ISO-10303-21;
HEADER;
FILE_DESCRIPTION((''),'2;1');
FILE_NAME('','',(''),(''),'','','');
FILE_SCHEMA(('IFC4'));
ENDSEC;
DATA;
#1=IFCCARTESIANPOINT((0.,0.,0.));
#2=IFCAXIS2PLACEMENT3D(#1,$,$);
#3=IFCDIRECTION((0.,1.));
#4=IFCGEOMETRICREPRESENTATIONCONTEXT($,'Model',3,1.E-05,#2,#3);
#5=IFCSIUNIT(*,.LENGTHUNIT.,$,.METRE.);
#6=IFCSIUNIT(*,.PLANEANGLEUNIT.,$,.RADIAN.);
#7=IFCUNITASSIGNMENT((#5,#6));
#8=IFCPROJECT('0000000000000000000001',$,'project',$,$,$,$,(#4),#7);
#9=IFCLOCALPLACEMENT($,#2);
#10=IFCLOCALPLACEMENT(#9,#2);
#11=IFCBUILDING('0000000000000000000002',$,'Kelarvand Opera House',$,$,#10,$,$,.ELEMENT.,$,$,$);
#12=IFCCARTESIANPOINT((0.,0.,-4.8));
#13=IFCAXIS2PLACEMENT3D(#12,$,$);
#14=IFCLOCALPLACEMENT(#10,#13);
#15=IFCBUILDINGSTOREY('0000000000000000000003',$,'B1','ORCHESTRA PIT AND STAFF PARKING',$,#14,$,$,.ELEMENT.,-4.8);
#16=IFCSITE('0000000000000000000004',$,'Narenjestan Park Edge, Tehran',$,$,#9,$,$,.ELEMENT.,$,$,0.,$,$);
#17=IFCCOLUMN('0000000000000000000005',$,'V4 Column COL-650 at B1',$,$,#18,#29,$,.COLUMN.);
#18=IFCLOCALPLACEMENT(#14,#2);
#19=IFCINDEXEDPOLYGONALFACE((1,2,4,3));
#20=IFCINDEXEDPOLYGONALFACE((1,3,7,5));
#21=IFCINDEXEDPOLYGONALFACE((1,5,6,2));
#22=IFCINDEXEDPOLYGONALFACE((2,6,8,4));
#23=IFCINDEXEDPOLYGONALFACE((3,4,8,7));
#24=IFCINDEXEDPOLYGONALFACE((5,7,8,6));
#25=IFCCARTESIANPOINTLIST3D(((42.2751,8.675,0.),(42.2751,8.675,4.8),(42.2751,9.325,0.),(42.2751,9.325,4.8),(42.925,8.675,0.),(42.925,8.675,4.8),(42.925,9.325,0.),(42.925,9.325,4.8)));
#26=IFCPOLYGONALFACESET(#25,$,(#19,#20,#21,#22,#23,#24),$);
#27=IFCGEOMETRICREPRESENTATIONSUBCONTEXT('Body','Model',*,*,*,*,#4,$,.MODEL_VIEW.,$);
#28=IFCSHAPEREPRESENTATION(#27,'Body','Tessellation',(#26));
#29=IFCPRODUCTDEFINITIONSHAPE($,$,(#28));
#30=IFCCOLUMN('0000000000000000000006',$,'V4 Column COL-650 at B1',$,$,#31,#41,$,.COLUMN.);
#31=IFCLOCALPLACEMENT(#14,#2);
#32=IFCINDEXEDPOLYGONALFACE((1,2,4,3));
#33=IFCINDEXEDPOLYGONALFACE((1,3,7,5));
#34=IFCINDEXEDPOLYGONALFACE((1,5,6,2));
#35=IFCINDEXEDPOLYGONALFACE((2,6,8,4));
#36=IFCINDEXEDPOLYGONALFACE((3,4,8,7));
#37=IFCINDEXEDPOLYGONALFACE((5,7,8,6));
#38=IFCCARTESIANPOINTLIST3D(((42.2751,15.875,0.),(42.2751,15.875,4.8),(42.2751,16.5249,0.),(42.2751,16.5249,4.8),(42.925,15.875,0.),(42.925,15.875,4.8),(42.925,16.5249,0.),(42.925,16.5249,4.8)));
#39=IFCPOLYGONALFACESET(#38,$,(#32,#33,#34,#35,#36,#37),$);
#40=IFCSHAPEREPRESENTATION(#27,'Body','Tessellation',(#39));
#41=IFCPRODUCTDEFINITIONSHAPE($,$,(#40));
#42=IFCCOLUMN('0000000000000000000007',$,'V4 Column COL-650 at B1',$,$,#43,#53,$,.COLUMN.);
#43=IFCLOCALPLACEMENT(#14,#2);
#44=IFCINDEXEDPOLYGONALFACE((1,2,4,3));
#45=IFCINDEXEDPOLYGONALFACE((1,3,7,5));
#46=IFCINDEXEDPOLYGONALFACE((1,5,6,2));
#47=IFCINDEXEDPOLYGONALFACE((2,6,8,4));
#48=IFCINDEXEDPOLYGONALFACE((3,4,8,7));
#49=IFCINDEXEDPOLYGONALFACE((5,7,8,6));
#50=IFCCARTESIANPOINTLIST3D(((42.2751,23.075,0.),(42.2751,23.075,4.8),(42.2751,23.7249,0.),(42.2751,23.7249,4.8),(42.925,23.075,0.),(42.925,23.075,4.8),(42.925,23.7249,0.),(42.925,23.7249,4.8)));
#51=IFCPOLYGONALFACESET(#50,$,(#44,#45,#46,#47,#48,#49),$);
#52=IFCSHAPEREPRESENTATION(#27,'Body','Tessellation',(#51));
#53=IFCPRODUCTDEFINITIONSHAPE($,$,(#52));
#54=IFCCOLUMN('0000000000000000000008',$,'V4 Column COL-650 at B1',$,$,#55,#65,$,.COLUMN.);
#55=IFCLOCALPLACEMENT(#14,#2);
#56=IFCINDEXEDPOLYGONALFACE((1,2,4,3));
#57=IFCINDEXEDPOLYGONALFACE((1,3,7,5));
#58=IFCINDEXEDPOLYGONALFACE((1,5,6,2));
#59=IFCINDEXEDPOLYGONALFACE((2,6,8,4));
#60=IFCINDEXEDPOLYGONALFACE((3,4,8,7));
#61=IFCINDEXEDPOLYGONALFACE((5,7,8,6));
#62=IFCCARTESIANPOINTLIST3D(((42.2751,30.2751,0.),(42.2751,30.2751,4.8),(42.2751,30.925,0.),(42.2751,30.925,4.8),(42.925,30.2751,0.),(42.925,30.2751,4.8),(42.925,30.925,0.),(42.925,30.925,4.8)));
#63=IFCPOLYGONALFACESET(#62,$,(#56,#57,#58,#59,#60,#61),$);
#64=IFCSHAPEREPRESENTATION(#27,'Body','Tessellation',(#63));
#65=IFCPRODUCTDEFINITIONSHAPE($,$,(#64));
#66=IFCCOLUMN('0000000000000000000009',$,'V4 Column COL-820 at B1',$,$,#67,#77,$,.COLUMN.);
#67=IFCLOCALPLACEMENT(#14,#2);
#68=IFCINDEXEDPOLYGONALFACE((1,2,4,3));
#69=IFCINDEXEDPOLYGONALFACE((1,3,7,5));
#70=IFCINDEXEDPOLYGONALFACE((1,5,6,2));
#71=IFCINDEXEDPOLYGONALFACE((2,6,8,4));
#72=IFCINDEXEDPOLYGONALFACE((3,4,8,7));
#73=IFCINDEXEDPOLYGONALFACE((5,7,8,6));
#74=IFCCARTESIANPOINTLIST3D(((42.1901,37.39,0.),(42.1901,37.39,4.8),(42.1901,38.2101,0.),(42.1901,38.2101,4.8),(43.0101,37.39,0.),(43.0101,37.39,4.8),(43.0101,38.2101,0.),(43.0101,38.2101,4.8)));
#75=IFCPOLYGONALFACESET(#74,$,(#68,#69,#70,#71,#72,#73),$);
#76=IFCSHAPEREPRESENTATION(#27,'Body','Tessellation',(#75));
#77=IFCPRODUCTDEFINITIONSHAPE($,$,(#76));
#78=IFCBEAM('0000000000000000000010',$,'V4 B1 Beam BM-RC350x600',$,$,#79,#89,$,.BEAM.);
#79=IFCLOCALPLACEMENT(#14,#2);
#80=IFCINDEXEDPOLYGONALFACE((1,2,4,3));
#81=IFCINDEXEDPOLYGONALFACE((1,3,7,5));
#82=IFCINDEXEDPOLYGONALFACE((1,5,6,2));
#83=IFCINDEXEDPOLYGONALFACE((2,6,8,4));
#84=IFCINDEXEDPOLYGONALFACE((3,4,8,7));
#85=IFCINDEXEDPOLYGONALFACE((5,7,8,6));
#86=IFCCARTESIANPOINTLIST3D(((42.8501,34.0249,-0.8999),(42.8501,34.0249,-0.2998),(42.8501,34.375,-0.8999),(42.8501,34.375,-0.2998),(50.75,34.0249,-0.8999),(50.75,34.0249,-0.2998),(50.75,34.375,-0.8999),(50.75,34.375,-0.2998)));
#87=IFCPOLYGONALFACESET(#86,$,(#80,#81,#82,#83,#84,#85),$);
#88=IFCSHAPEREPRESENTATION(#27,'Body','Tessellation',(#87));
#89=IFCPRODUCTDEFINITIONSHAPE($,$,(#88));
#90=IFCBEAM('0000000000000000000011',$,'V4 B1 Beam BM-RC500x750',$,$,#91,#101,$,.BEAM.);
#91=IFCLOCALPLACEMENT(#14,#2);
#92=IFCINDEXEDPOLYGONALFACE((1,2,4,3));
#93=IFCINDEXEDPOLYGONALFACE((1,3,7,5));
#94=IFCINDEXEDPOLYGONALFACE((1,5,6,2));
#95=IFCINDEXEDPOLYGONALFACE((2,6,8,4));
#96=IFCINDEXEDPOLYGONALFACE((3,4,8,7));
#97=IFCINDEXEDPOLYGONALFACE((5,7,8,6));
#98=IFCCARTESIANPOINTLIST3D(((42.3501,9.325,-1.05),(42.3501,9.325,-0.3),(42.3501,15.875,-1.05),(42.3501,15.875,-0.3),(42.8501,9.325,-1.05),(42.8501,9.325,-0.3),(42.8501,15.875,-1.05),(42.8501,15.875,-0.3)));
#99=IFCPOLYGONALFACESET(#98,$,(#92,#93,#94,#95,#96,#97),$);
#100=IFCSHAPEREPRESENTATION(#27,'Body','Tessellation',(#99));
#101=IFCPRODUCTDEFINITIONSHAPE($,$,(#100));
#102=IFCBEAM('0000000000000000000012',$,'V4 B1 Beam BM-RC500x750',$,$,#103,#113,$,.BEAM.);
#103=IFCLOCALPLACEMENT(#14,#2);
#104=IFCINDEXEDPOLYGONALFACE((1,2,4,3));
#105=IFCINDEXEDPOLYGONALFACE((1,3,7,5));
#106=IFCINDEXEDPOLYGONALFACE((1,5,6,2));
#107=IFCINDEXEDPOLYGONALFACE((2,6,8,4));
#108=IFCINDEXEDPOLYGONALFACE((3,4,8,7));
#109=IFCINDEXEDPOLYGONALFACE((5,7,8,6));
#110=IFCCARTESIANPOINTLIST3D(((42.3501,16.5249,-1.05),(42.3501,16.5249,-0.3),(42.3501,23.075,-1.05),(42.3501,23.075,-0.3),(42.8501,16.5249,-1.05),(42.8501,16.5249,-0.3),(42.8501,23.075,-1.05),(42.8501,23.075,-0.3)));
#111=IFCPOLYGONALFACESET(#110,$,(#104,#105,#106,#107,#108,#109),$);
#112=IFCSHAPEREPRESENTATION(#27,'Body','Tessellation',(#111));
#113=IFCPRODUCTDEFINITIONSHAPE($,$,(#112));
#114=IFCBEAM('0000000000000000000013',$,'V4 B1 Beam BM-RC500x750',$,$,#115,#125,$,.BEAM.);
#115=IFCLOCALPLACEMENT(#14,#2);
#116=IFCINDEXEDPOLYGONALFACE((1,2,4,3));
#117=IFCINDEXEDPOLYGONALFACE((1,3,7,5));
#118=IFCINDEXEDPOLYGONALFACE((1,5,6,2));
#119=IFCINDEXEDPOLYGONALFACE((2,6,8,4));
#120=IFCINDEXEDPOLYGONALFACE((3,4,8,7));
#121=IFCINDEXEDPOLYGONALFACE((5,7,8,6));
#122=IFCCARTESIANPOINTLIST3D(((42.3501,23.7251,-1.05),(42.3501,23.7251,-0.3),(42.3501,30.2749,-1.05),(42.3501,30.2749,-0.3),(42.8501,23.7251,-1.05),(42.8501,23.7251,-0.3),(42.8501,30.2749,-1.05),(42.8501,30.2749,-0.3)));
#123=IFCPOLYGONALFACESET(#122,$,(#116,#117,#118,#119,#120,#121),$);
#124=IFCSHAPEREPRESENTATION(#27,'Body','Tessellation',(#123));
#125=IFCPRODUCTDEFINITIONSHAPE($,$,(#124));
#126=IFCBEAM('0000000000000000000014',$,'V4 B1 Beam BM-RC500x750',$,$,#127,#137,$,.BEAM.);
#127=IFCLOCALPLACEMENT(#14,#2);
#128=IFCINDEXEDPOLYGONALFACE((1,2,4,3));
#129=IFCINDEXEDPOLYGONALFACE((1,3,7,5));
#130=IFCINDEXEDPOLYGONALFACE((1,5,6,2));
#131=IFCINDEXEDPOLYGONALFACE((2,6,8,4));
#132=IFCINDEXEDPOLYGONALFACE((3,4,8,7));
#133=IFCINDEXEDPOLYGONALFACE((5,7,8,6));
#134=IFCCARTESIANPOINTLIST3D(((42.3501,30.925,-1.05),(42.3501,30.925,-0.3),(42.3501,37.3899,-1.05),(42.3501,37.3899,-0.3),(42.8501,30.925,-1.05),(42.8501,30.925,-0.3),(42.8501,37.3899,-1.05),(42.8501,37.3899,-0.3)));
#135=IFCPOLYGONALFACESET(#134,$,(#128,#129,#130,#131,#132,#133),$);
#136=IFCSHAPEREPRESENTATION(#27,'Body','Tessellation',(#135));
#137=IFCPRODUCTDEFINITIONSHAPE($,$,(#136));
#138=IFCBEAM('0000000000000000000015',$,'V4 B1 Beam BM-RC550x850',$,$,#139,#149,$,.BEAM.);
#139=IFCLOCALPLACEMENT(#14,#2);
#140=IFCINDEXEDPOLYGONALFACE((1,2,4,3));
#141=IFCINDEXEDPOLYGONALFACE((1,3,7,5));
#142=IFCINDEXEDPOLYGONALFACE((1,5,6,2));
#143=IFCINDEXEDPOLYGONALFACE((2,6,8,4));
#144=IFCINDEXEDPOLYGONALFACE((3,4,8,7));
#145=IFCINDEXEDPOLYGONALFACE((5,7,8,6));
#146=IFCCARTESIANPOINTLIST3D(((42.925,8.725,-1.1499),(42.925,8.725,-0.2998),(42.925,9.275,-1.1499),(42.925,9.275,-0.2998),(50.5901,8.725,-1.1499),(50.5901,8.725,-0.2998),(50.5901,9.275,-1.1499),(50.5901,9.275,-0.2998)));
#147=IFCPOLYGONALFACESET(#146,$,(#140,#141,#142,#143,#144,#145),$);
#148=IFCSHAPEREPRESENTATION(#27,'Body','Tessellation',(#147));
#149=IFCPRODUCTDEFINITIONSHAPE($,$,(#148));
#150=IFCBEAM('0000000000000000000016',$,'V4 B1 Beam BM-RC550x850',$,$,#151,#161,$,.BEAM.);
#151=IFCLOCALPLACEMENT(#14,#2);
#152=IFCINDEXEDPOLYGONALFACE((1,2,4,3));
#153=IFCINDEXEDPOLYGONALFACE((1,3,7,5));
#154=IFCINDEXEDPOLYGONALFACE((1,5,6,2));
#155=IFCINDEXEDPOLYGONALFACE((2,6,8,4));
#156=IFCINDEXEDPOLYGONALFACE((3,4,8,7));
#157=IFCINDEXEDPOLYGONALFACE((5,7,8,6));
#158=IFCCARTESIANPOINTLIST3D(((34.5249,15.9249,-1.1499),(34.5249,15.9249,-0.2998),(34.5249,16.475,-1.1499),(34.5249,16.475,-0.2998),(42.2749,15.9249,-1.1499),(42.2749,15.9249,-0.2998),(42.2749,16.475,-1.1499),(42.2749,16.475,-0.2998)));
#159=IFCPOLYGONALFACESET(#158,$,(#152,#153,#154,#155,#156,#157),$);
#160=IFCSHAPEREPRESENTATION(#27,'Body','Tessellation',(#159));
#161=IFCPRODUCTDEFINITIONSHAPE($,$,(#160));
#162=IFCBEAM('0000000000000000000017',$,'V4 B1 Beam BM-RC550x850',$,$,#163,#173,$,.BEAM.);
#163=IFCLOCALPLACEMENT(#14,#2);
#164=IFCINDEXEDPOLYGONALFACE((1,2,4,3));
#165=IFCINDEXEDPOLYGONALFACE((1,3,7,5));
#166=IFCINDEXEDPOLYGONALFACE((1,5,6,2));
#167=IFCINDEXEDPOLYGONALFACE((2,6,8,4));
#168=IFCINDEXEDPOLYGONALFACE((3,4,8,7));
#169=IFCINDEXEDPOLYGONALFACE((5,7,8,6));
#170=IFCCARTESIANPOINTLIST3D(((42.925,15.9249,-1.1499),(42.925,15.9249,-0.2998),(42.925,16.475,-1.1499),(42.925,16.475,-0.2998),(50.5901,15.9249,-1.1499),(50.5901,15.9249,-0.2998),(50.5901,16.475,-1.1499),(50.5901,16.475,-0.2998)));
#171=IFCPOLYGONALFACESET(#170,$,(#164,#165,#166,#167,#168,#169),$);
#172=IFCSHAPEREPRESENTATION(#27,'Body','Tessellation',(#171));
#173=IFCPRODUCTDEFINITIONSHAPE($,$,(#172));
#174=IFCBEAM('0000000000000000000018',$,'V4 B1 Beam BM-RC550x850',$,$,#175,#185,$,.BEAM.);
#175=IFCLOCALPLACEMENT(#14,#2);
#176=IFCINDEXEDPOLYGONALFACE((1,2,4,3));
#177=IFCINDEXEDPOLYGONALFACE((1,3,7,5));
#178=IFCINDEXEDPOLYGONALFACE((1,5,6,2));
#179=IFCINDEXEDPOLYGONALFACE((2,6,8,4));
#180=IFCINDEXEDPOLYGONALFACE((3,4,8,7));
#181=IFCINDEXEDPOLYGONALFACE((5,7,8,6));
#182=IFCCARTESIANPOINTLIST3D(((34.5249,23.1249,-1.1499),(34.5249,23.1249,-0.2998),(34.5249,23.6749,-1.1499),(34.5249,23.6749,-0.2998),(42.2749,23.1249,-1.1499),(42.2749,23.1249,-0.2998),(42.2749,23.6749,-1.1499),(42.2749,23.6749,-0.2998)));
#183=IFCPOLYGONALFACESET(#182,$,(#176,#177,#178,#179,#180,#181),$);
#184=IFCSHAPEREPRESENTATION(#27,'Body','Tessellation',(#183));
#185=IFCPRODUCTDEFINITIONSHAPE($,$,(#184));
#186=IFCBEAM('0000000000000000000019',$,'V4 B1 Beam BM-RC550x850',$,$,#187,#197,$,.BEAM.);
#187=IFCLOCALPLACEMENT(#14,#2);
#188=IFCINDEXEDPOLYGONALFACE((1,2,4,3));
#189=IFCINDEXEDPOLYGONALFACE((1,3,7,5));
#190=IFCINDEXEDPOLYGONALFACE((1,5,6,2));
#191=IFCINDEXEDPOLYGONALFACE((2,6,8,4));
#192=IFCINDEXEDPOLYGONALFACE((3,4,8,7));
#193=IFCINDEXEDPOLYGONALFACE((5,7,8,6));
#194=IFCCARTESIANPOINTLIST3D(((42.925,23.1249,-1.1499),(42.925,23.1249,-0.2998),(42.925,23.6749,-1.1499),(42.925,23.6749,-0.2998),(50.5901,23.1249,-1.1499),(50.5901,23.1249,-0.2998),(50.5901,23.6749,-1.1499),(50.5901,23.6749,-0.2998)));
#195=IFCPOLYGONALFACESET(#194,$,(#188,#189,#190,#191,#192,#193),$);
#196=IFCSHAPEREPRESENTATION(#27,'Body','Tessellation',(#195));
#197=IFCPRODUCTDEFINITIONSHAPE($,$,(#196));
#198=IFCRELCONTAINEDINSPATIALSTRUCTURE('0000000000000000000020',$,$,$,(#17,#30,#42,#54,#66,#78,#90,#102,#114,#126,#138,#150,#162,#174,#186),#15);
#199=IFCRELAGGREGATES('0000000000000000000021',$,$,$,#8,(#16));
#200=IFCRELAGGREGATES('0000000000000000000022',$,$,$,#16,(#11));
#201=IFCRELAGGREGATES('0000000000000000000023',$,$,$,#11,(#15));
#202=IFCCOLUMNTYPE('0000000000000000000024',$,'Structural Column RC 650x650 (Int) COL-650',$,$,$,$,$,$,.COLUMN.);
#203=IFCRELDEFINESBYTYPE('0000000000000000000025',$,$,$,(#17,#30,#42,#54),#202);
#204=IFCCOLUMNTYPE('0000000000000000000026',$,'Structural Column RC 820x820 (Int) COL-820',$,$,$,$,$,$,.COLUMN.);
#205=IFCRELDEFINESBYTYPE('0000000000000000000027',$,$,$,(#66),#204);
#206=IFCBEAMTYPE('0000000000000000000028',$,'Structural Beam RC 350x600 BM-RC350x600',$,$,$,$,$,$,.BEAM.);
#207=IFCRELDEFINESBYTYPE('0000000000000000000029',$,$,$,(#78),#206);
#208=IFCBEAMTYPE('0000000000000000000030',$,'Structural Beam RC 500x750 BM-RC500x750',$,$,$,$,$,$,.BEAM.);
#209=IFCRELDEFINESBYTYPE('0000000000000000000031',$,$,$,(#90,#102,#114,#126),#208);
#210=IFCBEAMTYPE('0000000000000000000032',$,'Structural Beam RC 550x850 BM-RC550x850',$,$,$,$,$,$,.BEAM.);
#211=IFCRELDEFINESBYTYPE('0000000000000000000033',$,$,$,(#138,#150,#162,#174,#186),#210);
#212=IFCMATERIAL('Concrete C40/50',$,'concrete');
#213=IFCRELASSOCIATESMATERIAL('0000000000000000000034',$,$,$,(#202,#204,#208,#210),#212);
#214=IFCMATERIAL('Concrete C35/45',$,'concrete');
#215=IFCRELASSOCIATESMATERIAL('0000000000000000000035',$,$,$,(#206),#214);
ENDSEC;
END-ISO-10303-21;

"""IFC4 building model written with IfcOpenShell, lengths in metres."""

from ifc_helpers import new_model, si_unit, direction, frame, origin, origin_2d, place, context, subcontext, project, spatial, rectangle, extrude, material, material_profile, profile_set, type_object, element, save


model = new_model("IFC4")

# Units and contexts
model_context = context("Model", 3, precision=1e-05, world=origin(), true_north=direction((0.0, 1.0)))
body_context = subcontext(model_context, "Body", "Model", "MODEL_VIEW")
ifc_project = project(units=[si_unit("LENGTHUNIT", "METRE"), si_unit("PLANEANGLEUNIT", "RADIAN")], contexts=[model_context])

# Site, building, storey
site_placement = place(None, origin())
site = spatial("IfcSite", under=ifc_project, at=site_placement, Name="Narenjestan Park Edge, Tehran", CompositionType="ELEMENT", RefElevation=0.0)
building_placement = place(site_placement, origin())
building = spatial("IfcBuilding", under=site, at=building_placement, Name="Kelarvand Opera House", CompositionType="ELEMENT")
storey_placement = place(building_placement, frame((0.0, 0.0, -4.8)))
storey = spatial("IfcBuildingStorey", under=building, at=storey_placement, Name="B1", Description="ORCHESTRA PIT AND STAFF PARKING", CompositionType="ELEMENT", Elevation=-4.8)

# Columns
ifc_material_1 = material(Name="Concrete C40/50", Category="concrete")
ifc_material_profile_1 = material_profile(ifc_material_1, rectangle(XDim=0.6499, YDim=0.6499, at=origin_2d()), Name="RC 650x650", Category="concrete")
ifc_profile_set_1 = profile_set([ifc_material_profile_1], Name="Concrete C40/50")
column_type_1 = type_object("IfcColumnType", Name="Structural Column RC 650x650 (Int) COL-650", PredefinedType="COLUMN", material=ifc_profile_set_1)
for number, where, z_axis, x_axis, name in (
    (1, (42.6001, 9.0, 0.0), (0.0, 0.0, 1.0), (1.0, 0.0, 0.0), "V4 Column COL-650 at B1"),
    (2, (42.6001, 16.2, 0.0), (0.0, 0.0, 1.0), (1.0, 0.0, 0.0), "V4 Column COL-650 at B1"),
    (3, (42.6001, 23.3999, 0.0), (0.0, 0.0, 1.0), (1.0, 0.0, 0.0), "V4 Column COL-650 at B1"),
    (4, (42.6001, 30.6001, 0.0), (0.0, 0.0, 1.0), (1.0, 0.0, 0.0), "V4 Column COL-650 at B1"),
):
    element("IfcColumn", number, at=place(storey_placement, frame(where, z_axis=z_axis, x_axis=x_axis)), inside=storey, type_object=column_type_1, Name=name, PredefinedType="COLUMN", context=body_context, shape_type="SweptSolid", body=[
        extrude(rectangle(XDim=0.6499, YDim=0.6499, at=origin_2d()), origin(), (0.0, 0.0, 1.0), 4.8),
    ])
ifc_material_profile_2 = material_profile(ifc_material_1, rectangle(XDim=0.8201, YDim=0.8201, at=origin_2d()), Name="RC 820x820", Category="concrete")
ifc_profile_set_2 = profile_set([ifc_material_profile_2], Name="Concrete C40/50")
column_type_2 = type_object("IfcColumnType", Name="Structural Column RC 820x820 (Int) COL-820", PredefinedType="COLUMN", material=ifc_profile_set_2)
column_placement = place(storey_placement, frame((42.6001, 37.8, 0.0), z_axis=(0.0, 0.0, 1.0), x_axis=(1.0, 0.0, 0.0)))
element("IfcColumn", 5, at=column_placement, inside=storey, type_object=column_type_2, Name="V4 Column COL-820 at B1", PredefinedType="COLUMN", context=body_context, shape_type="SweptSolid", body=[
    extrude(rectangle(XDim=0.8201, YDim=0.8201, at=origin_2d()), origin(), (0.0, 0.0, 1.0), 4.8),
])

# Beams
ifc_material_2 = material(Name="Concrete C35/45", Category="concrete")
ifc_material_profile_3 = material_profile(ifc_material_2, rectangle(XDim=0.3501, YDim=0.6001, at=origin_2d()), Name="RC 350x600", Category="concrete")
ifc_profile_set_3 = profile_set([ifc_material_profile_3], Name="Concrete C35/45")
beam_type_1 = type_object("IfcBeamType", Name="Structural Beam RC 350x600 BM-RC350x600", PredefinedType="BEAM", material=ifc_profile_set_3)
beam_1_placement = place(storey_placement, frame((42.8501, 34.2, -0.5999), z_axis=(1.0, 0.0, 0.0), x_axis=(0.0, 1.0, 0.0)))
element("IfcBeam", 6, at=beam_1_placement, inside=storey, type_object=beam_type_1, Name="V4 B1 Beam BM-RC350x600", PredefinedType="BEAM", context=body_context, shape_type="SweptSolid", body=[
    extrude(rectangle(XDim=0.3501, YDim=0.6001, at=origin_2d()), origin(), (0.0, 0.0, 1.0), 7.8999),
])
ifc_material_profile_4 = material_profile(ifc_material_1, rectangle(XDim=0.5, YDim=0.75, at=origin_2d()), Name="RC 500x750", Category="concrete")
ifc_profile_set_4 = profile_set([ifc_material_profile_4], Name="Concrete C40/50")
beam_type_2 = type_object("IfcBeamType", Name="Structural Beam RC 500x750 BM-RC500x750", PredefinedType="BEAM", material=ifc_profile_set_4)
for number, where, z_axis, x_axis, name in (
    (7, (42.6001, 9.325, -0.675), (0.0, 1.0, 0.0), (-1.0, 0.0, 0.0), "V4 B1 Beam BM-RC500x750"),
    (8, (42.6001, 16.5249, -0.675), (0.0, 1.0, 0.0), (-1.0, 0.0, 0.0), "V4 B1 Beam BM-RC500x750"),
):
    element("IfcBeam", number, at=place(storey_placement, frame(where, z_axis=z_axis, x_axis=x_axis)), inside=storey, type_object=beam_type_2, Name=name, PredefinedType="BEAM", context=body_context, shape_type="SweptSolid", body=[
        extrude(rectangle(XDim=0.5, YDim=0.75, at=origin_2d()), origin(), (0.0, 0.0, 1.0), 6.55),
    ])
beam_2_placement = place(storey_placement, frame((42.6001, 23.7251, -0.675), z_axis=(0.0, 1.0, 0.0), x_axis=(-1.0, 0.0, 0.0)))
element("IfcBeam", 9, at=beam_2_placement, inside=storey, type_object=beam_type_2, Name="V4 B1 Beam BM-RC500x750", PredefinedType="BEAM", context=body_context, shape_type="SweptSolid", body=[
    extrude(rectangle(XDim=0.5, YDim=0.75, at=origin_2d()), origin(), (0.0, 0.0, 1.0), 6.5498),
])
beam_3_placement = place(storey_placement, frame((42.6001, 30.925, -0.675), z_axis=(0.0, 1.0, 0.0), x_axis=(-1.0, 0.0, 0.0)))
element("IfcBeam", 10, at=beam_3_placement, inside=storey, type_object=beam_type_2, Name="V4 B1 Beam BM-RC500x750", PredefinedType="BEAM", context=body_context, shape_type="SweptSolid", body=[
    extrude(rectangle(XDim=0.5, YDim=0.75, at=origin_2d()), origin(), (0.0, 0.0, 1.0), 6.4648),
])
ifc_material_profile_5 = material_profile(ifc_material_1, rectangle(XDim=0.55, YDim=0.8501, at=origin_2d()), Name="RC 550x850", Category="concrete")
ifc_profile_set_5 = profile_set([ifc_material_profile_5], Name="Concrete C40/50")
beam_type_3 = type_object("IfcBeamType", Name="Structural Beam RC 550x850 BM-RC550x850", PredefinedType="BEAM", material=ifc_profile_set_5)
beam_4_placement = place(storey_placement, frame((42.925, 9.0, -0.7249), z_axis=(1.0, 0.0, 0.0), x_axis=(0.0, 1.0, 0.0)))
element("IfcBeam", 11, at=beam_4_placement, inside=storey, type_object=beam_type_3, Name="V4 B1 Beam BM-RC550x850", PredefinedType="BEAM", context=body_context, shape_type="SweptSolid", body=[
    extrude(rectangle(XDim=0.55, YDim=0.8501, at=origin_2d()), origin(), (0.0, 0.0, 1.0), 7.665),
])
beam_5_placement = place(storey_placement, frame((34.5249, 16.2, -0.7249), z_axis=(1.0, 0.0, 0.0), x_axis=(0.0, 1.0, 0.0)))
element("IfcBeam", 12, at=beam_5_placement, inside=storey, type_object=beam_type_3, Name="V4 B1 Beam BM-RC550x850", PredefinedType="BEAM", context=body_context, shape_type="SweptSolid", body=[
    extrude(rectangle(XDim=0.55, YDim=0.8501, at=origin_2d()), origin(), (0.0, 0.0, 1.0), 7.75),
])
beam_6_placement = place(storey_placement, frame((42.925, 16.2, -0.7249), z_axis=(1.0, 0.0, 0.0), x_axis=(0.0, 1.0, 0.0)))
element("IfcBeam", 13, at=beam_6_placement, inside=storey, type_object=beam_type_3, Name="V4 B1 Beam BM-RC550x850", PredefinedType="BEAM", context=body_context, shape_type="SweptSolid", body=[
    extrude(rectangle(XDim=0.55, YDim=0.8501, at=origin_2d()), origin(), (0.0, 0.0, 1.0), 7.665),
])
beam_7_placement = place(storey_placement, frame((34.5249, 23.3999, -0.7249), z_axis=(1.0, 0.0, 0.0), x_axis=(0.0, 1.0, 0.0)))
element("IfcBeam", 14, at=beam_7_placement, inside=storey, type_object=beam_type_3, Name="V4 B1 Beam BM-RC550x850", PredefinedType="BEAM", context=body_context, shape_type="SweptSolid", body=[
    extrude(rectangle(XDim=0.55, YDim=0.8501, at=origin_2d()), origin(), (0.0, 0.0, 1.0), 7.75),
])
beam_8_placement = place(storey_placement, frame((42.925, 23.3999, -0.7249), z_axis=(1.0, 0.0, 0.0), x_axis=(0.0, 1.0, 0.0)))
element("IfcBeam", 15, at=beam_8_placement, inside=storey, type_object=beam_type_3, Name="V4 B1 Beam BM-RC550x850", PredefinedType="BEAM", context=body_context, shape_type="SweptSolid", body=[
    extrude(rectangle(XDim=0.55, YDim=0.8501, at=origin_2d()), origin(), (0.0, 0.0, 1.0), 7.665),
])

save(model, "model.ifc")
